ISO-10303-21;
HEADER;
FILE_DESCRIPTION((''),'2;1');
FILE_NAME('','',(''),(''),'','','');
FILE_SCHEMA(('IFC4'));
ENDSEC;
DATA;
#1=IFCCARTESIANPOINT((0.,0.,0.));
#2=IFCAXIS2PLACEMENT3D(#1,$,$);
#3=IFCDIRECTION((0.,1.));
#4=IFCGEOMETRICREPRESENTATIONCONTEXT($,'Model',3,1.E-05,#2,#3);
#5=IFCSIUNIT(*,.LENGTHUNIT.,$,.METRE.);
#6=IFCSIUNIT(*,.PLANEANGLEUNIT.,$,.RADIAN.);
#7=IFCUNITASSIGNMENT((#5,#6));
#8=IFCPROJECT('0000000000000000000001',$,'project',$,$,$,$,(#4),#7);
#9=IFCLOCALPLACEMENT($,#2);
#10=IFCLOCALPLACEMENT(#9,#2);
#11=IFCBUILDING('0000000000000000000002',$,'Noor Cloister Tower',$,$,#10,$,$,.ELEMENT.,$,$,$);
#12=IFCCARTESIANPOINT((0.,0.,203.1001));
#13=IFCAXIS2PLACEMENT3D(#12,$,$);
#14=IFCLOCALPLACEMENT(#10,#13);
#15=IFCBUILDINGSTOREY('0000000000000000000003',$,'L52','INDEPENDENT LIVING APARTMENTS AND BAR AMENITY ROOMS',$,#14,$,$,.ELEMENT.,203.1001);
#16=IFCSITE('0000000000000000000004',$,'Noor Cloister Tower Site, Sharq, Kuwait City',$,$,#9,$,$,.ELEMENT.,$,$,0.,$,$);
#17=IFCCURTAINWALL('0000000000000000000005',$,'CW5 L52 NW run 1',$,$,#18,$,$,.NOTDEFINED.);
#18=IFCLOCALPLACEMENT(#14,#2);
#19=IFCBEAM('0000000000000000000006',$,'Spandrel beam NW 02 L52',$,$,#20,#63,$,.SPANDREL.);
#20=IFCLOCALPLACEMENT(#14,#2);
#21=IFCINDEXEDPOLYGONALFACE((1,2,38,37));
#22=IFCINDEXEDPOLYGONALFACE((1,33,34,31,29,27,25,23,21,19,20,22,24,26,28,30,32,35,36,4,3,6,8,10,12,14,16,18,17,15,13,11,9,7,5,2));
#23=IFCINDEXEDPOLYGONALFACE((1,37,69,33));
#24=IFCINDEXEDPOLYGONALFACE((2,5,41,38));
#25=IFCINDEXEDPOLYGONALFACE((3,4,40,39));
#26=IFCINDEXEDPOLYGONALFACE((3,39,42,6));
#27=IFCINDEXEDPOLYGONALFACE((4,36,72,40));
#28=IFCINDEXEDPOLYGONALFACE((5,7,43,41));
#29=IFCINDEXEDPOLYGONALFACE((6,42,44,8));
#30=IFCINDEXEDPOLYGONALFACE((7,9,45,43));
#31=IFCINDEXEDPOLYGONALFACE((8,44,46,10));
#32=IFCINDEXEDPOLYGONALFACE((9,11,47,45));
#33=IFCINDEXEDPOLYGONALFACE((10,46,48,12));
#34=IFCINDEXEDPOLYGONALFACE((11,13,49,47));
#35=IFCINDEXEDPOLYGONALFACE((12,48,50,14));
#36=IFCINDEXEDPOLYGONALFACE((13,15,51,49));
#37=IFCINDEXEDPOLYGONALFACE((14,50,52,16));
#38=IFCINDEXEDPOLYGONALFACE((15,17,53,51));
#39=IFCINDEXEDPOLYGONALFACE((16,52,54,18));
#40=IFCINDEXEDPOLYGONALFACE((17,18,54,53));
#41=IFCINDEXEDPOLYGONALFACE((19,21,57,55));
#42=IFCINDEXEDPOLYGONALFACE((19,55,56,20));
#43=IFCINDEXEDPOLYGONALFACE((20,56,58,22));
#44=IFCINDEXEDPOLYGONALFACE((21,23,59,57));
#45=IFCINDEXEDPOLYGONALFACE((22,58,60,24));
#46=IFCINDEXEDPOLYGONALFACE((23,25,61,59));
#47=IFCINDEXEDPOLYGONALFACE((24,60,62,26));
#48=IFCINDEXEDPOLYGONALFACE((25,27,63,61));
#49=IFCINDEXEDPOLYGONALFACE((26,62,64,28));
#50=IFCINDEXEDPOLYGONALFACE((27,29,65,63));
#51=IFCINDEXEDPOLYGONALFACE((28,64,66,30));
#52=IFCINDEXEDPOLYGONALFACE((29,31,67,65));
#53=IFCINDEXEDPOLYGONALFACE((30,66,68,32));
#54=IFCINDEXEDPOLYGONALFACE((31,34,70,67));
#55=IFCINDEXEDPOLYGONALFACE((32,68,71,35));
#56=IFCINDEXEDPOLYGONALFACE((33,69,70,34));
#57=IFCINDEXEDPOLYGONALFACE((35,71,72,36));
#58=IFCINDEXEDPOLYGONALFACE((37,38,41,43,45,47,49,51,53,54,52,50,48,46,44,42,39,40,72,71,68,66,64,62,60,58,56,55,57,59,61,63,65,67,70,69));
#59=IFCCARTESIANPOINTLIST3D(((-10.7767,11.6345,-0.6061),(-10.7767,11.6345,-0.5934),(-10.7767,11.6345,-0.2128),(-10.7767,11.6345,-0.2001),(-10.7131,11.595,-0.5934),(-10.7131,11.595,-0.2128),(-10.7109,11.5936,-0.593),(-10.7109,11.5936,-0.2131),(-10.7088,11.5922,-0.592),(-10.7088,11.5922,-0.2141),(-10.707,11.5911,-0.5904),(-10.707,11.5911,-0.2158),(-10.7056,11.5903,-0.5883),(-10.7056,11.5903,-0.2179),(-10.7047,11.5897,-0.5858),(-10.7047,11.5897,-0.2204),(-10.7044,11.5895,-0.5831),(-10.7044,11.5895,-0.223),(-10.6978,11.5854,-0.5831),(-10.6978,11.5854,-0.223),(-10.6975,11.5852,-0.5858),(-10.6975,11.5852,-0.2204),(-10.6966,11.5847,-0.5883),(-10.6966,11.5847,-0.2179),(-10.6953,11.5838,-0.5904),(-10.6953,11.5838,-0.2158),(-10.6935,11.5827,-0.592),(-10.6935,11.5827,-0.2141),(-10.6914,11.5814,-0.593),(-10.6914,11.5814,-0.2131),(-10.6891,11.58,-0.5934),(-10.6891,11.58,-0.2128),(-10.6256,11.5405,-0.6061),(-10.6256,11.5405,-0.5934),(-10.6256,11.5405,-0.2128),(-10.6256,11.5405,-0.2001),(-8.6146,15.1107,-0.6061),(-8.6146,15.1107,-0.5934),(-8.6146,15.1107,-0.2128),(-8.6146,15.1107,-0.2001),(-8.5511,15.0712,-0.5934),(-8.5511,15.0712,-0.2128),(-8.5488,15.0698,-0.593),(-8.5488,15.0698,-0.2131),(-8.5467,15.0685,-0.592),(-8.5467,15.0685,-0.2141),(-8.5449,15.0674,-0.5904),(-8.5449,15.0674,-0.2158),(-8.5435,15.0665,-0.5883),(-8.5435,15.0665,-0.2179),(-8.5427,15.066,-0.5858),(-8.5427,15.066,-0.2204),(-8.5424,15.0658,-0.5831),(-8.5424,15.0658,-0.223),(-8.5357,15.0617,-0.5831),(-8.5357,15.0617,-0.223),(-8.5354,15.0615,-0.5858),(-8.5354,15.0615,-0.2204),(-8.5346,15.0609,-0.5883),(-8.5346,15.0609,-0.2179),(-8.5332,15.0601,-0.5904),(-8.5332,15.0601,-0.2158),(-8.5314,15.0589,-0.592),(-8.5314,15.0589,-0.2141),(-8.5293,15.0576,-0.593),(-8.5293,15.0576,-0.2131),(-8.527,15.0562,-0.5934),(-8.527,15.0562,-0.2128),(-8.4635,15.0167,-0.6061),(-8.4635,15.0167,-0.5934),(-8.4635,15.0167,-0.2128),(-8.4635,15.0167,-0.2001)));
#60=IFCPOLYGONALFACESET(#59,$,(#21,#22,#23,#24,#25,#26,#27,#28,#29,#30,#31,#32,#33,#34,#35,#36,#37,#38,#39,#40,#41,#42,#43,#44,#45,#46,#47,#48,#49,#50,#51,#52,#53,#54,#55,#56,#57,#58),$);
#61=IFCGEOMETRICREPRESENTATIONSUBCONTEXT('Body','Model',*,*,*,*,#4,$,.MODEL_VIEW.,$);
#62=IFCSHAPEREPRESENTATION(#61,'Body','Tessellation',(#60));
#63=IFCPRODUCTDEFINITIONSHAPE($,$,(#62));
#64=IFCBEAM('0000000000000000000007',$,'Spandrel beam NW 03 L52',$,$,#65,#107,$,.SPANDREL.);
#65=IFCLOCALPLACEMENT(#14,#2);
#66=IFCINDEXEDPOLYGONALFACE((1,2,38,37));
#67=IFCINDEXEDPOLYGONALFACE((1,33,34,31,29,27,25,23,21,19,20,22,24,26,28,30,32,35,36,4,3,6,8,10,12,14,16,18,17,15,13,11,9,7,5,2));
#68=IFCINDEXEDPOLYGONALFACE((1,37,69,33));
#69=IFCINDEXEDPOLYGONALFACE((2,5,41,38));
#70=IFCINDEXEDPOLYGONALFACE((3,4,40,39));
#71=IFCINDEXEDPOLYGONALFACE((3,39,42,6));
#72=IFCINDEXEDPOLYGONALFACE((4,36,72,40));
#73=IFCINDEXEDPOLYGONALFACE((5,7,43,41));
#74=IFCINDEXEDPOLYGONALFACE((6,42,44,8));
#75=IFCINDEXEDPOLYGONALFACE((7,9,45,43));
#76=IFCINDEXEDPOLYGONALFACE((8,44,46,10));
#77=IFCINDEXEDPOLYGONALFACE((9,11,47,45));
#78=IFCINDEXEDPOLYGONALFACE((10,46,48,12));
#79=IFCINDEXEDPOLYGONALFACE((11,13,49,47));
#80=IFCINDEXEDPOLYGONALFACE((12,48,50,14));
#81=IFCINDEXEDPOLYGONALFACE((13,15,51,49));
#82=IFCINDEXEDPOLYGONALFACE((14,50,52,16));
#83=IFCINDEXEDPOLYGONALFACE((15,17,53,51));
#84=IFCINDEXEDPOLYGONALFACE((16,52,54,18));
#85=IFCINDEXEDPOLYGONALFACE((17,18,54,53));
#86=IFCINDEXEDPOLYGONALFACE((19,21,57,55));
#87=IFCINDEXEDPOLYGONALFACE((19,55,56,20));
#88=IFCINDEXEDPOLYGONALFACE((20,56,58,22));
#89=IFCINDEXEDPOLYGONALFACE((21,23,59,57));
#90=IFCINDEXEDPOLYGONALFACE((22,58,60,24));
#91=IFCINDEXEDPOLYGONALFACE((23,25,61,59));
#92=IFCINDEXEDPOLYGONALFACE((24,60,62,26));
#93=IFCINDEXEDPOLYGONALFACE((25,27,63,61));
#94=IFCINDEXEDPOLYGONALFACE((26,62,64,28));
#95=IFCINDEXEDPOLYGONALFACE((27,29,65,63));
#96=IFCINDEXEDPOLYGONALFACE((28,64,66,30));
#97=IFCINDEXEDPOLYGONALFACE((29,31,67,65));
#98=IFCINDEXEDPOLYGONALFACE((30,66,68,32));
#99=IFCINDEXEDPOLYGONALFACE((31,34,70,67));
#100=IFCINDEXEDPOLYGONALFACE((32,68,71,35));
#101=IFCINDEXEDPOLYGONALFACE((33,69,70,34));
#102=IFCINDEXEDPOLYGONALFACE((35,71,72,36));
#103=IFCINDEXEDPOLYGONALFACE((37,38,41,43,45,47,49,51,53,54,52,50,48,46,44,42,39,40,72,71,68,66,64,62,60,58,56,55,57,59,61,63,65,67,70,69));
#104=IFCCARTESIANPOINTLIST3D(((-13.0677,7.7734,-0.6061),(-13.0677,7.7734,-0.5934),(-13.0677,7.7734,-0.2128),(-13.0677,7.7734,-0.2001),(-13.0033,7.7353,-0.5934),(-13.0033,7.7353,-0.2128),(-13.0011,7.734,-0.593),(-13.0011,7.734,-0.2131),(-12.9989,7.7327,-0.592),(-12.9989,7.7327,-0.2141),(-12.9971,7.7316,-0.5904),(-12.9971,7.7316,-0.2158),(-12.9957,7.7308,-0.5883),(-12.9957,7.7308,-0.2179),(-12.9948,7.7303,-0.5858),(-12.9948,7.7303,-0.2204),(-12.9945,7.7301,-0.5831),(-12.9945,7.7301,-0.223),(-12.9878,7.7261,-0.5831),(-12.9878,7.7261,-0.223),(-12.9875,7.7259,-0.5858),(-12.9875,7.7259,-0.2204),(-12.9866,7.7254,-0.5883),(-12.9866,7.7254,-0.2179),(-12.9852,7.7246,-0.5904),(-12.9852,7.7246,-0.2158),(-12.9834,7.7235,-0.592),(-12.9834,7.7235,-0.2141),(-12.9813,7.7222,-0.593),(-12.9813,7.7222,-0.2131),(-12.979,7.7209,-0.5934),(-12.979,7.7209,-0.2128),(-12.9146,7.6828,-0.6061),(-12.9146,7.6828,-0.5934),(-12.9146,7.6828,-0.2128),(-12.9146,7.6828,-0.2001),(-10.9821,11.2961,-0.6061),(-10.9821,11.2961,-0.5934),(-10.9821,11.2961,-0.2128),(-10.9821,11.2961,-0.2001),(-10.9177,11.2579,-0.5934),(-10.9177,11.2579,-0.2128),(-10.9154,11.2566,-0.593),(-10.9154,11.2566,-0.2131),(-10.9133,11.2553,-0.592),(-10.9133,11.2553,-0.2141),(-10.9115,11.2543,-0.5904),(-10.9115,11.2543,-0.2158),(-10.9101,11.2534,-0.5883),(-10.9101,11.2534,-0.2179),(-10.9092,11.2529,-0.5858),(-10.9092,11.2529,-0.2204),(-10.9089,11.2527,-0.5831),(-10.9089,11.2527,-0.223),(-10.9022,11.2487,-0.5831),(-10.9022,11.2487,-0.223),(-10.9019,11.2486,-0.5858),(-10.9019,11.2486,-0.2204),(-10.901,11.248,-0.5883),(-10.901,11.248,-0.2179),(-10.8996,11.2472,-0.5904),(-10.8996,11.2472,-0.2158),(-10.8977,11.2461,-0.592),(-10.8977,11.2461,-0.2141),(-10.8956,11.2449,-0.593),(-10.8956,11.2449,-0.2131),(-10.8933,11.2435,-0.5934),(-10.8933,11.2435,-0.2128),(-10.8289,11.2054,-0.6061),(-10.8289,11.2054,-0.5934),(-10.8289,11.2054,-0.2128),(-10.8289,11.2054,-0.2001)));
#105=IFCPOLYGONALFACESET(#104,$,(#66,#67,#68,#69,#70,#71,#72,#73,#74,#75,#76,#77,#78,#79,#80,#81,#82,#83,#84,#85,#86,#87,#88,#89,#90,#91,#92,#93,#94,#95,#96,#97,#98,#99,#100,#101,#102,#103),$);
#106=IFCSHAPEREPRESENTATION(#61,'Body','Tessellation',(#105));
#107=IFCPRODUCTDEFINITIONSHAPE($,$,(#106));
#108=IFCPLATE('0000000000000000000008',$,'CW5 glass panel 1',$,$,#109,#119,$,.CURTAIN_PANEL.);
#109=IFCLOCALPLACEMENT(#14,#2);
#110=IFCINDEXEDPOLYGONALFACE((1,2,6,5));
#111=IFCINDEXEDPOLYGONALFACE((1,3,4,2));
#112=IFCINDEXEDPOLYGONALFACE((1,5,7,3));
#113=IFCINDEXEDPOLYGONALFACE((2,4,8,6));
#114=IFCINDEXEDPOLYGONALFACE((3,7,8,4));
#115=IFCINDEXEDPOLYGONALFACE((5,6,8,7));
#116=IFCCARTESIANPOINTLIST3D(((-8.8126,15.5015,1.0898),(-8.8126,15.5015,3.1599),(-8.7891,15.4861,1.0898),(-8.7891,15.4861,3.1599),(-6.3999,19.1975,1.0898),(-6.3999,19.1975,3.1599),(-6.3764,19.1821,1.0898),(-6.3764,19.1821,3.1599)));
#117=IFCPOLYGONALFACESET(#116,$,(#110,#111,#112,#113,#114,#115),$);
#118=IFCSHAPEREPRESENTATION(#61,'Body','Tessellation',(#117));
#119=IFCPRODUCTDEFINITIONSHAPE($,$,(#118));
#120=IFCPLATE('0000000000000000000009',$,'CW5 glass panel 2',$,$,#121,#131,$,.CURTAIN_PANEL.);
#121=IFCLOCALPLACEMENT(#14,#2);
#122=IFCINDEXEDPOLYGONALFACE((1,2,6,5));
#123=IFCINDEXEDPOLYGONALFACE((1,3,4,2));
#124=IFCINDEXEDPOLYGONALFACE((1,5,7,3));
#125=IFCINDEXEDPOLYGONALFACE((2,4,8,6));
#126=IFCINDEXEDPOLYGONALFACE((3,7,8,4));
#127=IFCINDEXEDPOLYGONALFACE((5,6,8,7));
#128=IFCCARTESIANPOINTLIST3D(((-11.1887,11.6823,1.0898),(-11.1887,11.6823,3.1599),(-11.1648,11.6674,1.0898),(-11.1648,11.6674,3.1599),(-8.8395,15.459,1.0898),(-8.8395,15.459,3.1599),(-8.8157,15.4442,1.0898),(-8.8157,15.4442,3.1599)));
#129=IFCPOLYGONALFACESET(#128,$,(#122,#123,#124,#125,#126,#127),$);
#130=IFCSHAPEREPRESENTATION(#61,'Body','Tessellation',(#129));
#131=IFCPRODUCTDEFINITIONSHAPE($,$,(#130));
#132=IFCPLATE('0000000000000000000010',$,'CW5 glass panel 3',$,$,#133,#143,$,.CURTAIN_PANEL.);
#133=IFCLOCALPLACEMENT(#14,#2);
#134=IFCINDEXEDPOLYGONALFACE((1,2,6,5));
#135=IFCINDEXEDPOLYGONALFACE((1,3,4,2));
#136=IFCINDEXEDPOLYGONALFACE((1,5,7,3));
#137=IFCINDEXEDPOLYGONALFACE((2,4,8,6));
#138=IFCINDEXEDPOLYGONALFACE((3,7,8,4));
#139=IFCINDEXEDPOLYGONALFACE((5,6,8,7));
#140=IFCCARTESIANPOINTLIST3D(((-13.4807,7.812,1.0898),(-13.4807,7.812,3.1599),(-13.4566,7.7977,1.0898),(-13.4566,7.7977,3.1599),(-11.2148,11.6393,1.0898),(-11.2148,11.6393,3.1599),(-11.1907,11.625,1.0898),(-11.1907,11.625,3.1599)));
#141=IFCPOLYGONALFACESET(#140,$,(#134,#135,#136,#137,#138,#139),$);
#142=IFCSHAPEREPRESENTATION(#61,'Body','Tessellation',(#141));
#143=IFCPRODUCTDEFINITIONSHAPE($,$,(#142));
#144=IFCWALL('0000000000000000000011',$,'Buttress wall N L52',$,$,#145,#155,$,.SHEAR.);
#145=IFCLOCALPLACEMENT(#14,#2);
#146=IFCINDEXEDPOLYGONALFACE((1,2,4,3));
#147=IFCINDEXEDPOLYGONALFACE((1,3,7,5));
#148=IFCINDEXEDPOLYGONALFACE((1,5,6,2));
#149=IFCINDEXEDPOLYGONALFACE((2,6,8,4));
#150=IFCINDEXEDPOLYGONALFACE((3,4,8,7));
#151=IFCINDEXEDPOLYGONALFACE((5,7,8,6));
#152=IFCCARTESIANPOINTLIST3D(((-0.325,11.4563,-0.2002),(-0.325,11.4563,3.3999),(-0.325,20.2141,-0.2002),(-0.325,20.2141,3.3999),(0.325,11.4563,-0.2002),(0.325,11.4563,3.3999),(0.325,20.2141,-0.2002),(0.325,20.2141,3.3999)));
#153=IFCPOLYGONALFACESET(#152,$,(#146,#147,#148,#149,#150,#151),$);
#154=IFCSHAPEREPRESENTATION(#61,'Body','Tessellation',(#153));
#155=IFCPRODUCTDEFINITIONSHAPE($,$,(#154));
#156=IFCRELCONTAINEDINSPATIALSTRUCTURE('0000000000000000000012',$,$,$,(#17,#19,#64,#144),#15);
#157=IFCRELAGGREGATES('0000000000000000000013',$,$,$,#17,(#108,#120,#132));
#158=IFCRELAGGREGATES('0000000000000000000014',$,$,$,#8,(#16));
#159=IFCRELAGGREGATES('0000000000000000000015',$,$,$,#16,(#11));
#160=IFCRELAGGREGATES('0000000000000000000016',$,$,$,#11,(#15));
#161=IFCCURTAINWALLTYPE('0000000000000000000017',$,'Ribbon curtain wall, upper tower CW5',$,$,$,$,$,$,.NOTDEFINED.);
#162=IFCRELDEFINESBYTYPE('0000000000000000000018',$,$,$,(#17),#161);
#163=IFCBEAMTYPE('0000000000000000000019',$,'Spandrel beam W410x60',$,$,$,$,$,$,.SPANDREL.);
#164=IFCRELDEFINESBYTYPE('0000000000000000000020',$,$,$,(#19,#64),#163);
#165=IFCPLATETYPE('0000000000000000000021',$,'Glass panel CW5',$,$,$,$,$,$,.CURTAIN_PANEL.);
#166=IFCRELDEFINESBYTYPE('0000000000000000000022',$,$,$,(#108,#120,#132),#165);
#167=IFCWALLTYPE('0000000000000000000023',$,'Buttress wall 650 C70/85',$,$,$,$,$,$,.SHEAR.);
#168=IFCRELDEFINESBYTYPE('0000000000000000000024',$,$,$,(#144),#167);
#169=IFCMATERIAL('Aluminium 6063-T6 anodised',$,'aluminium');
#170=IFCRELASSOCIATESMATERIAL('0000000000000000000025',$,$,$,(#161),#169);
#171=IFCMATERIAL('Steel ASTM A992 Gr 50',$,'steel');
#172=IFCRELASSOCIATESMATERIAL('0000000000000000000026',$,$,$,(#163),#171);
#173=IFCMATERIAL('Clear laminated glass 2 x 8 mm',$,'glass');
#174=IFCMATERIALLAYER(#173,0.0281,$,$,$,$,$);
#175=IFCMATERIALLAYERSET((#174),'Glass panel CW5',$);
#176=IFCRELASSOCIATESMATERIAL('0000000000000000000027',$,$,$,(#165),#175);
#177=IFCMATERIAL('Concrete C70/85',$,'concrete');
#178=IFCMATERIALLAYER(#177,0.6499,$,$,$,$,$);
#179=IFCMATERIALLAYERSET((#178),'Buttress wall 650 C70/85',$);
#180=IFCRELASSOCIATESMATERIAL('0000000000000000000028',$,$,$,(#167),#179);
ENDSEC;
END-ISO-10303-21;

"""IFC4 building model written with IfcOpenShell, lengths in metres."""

from ifc_helpers import new_model, si_unit, direction, frame, frame_2d, origin, origin_2d, place, context, subcontext, project, spatial, rectangle, i_section, extrude, material, layer, layer_set, material_profile, profile_set, type_object, element, aggregate, save


model = new_model("IFC4")

# Units and contexts
model_context = context("Model", 3, precision=1e-05, world=origin(), true_north=direction((0.0, 1.0)))
body_context = subcontext(model_context, "Body", "Model", "MODEL_VIEW")
ifc_project = project(units=[si_unit("LENGTHUNIT", "METRE"), si_unit("PLANEANGLEUNIT", "RADIAN")], contexts=[model_context])

# Site, building, storey
site_placement = place(None, origin())
site = spatial("IfcSite", under=ifc_project, at=site_placement, Name="Noor Cloister Tower Site, Sharq, Kuwait City", CompositionType="ELEMENT", RefElevation=0.0)
building_placement = place(site_placement, origin())
building = spatial("IfcBuilding", under=site, at=building_placement, Name="Noor Cloister Tower", CompositionType="ELEMENT")
storey_placement = place(building_placement, frame((0.0, 0.0, 203.1001)))
storey = spatial("IfcBuildingStorey", under=building, at=storey_placement, Name="L52", Description="INDEPENDENT LIVING APARTMENTS AND BAR AMENITY ROOMS", CompositionType="ELEMENT", Elevation=203.1001)

# Curtain wall
ifc_material_1 = material(Name="Aluminium 6063-T6 anodised", Category="aluminium")
curtain_wall_type = type_object("IfcCurtainWallType", Name="Ribbon curtain wall, upper tower CW5", PredefinedType="NOTDEFINED", material=ifc_material_1)
curtain_wall_placement = place(storey_placement, origin())
curtain_wall = element("IfcCurtainWall", 1, at=curtain_wall_placement, inside=storey, type_object=curtain_wall_type, Name="CW5 L52 NW run 1", PredefinedType="NOTDEFINED")

# Beams
ifc_material_2 = material(Name="Steel ASTM A992 Gr 50", Category="steel")
ifc_material_profile_1 = material_profile(ifc_material_2, i_section(OverallWidth=0.178, OverallDepth=0.406, WebThickness=0.0078, FlangeThickness=0.0127, FilletRadius=0.0103, at=origin_2d()), Name="W410x60")
ifc_profile_set_1 = profile_set([ifc_material_profile_1], Name="Steel ASTM A992 Gr 50")
beam_type_1 = type_object("IfcBeamType", Name="Spandrel beam W410x60", PredefinedType="SPANDREL", material=ifc_profile_set_1)
for number, where, z_axis, x_axis, name in (
    (2, (-8.5391, 15.0637, -0.4031), (-0.528138, -0.849159, 0.0), (0.849159, -0.528138, 0.0), "Spandrel beam NW 02 L52"),
    (3, (-10.9055, 11.2507, -0.4031), (-0.509471, -0.860488, 0.0), (0.860488, -0.509471, 0.0), "Spandrel beam NW 03 L52"),
):
    element("IfcBeam", number, at=place(storey_placement, frame(where, z_axis=z_axis, x_axis=x_axis)), inside=storey, type_object=beam_type_1, Name=name, PredefinedType="SPANDREL", context=body_context, shape_type="SweptSolid", body=[
        extrude(i_section(OverallWidth=0.178, OverallDepth=0.406, WebThickness=0.0078, FlangeThickness=0.0127, FilletRadius=0.0103, at=origin_2d()), origin(), (0.0, 0.0, 1.0), 4.0938),
    ])

# Plates
ifc_material_3 = material(Name="Clear laminated glass 2 x 8 mm", Category="glass")
ifc_layer_1 = layer(ifc_material_3, 0.0281)
ifc_layer_set_1 = layer_set([ifc_layer_1], Name="Glass panel CW5")
plate_type = type_object("IfcPlateType", Name="Glass panel CW5", PredefinedType="CURTAIN_PANEL", material=ifc_layer_set_1)
plate_1_placement = place(storey_placement, frame((-7.5945, 17.3418, 1.0898), z_axis=(0.0, 0.0, 1.0), x_axis=(-0.546624, -0.837378, 0.0)))
plate_1 = element("IfcPlate", 4, at=plate_1_placement, type_object=plate_type, Name="CW5 glass panel 1", PredefinedType="CURTAIN_PANEL", context=body_context, shape_type="SweptSolid", body=[
    extrude(rectangle(XDim=4.4138, YDim=0.0281, at=origin_2d()), origin(), (0.0, 0.0, 1.0), 2.0701),
])
plate_2_placement = place(storey_placement, frame((-10.0022, 13.5632, 1.0898), z_axis=(0.0, 0.0, 1.0), x_axis=(-0.528163, -0.849143, 0.0)))
plate_2 = element("IfcPlate", 5, at=plate_2_placement, type_object=plate_type, Name="CW5 glass panel 2", PredefinedType="CURTAIN_PANEL", context=body_context, shape_type="SweptSolid", body=[
    extrude(rectangle(XDim=4.4478, YDim=0.0281, at=origin_2d()), origin(), (0.0, 0.0, 1.0), 2.0701),
])
plate_3_placement = place(storey_placement, frame((-12.3357, 9.7185, 1.0898), z_axis=(0.0, 0.0, 1.0), x_axis=(-0.509449, -0.860501, 0.0)))
plate_3 = element("IfcPlate", 6, at=plate_3_placement, type_object=plate_type, Name="CW5 glass panel 3", PredefinedType="CURTAIN_PANEL", context=body_context, shape_type="SweptSolid", body=[
    extrude(rectangle(XDim=4.4478, YDim=0.0281, at=origin_2d()), origin(), (0.0, 0.0, 1.0), 2.0701),
])
aggregate(curtain_wall, [plate_1, plate_2, plate_3])

# Wall
ifc_material_4 = material(Name="Concrete C70/85", Category="concrete")
ifc_layer_2 = layer(ifc_material_4, 0.6499)
ifc_layer_set_2 = layer_set([ifc_layer_2], Name="Buttress wall 650 C70/85")
wall_type_1 = type_object("IfcWallType", Name="Buttress wall 650 C70/85", PredefinedType="SHEAR", material=ifc_layer_set_2)
wall_1_placement = place(storey_placement, frame((0.0, 11.4563, -0.2002), z_axis=(0.0, 0.0, 1.0), x_axis=(0.0, 1.0, 0.0)))
element("IfcWall", 7, at=wall_1_placement, inside=storey, type_object=wall_type_1, Name="Buttress wall N L52", PredefinedType="SHEAR", context=body_context, shape_type="SweptSolid", body=[
    extrude(rectangle(XDim=8.7578, YDim=0.6499, at=frame_2d((4.3789, 0.0))), origin(), (0.0, 0.0, 1.0), 3.6001),
])

save(model, "model.ifc")
